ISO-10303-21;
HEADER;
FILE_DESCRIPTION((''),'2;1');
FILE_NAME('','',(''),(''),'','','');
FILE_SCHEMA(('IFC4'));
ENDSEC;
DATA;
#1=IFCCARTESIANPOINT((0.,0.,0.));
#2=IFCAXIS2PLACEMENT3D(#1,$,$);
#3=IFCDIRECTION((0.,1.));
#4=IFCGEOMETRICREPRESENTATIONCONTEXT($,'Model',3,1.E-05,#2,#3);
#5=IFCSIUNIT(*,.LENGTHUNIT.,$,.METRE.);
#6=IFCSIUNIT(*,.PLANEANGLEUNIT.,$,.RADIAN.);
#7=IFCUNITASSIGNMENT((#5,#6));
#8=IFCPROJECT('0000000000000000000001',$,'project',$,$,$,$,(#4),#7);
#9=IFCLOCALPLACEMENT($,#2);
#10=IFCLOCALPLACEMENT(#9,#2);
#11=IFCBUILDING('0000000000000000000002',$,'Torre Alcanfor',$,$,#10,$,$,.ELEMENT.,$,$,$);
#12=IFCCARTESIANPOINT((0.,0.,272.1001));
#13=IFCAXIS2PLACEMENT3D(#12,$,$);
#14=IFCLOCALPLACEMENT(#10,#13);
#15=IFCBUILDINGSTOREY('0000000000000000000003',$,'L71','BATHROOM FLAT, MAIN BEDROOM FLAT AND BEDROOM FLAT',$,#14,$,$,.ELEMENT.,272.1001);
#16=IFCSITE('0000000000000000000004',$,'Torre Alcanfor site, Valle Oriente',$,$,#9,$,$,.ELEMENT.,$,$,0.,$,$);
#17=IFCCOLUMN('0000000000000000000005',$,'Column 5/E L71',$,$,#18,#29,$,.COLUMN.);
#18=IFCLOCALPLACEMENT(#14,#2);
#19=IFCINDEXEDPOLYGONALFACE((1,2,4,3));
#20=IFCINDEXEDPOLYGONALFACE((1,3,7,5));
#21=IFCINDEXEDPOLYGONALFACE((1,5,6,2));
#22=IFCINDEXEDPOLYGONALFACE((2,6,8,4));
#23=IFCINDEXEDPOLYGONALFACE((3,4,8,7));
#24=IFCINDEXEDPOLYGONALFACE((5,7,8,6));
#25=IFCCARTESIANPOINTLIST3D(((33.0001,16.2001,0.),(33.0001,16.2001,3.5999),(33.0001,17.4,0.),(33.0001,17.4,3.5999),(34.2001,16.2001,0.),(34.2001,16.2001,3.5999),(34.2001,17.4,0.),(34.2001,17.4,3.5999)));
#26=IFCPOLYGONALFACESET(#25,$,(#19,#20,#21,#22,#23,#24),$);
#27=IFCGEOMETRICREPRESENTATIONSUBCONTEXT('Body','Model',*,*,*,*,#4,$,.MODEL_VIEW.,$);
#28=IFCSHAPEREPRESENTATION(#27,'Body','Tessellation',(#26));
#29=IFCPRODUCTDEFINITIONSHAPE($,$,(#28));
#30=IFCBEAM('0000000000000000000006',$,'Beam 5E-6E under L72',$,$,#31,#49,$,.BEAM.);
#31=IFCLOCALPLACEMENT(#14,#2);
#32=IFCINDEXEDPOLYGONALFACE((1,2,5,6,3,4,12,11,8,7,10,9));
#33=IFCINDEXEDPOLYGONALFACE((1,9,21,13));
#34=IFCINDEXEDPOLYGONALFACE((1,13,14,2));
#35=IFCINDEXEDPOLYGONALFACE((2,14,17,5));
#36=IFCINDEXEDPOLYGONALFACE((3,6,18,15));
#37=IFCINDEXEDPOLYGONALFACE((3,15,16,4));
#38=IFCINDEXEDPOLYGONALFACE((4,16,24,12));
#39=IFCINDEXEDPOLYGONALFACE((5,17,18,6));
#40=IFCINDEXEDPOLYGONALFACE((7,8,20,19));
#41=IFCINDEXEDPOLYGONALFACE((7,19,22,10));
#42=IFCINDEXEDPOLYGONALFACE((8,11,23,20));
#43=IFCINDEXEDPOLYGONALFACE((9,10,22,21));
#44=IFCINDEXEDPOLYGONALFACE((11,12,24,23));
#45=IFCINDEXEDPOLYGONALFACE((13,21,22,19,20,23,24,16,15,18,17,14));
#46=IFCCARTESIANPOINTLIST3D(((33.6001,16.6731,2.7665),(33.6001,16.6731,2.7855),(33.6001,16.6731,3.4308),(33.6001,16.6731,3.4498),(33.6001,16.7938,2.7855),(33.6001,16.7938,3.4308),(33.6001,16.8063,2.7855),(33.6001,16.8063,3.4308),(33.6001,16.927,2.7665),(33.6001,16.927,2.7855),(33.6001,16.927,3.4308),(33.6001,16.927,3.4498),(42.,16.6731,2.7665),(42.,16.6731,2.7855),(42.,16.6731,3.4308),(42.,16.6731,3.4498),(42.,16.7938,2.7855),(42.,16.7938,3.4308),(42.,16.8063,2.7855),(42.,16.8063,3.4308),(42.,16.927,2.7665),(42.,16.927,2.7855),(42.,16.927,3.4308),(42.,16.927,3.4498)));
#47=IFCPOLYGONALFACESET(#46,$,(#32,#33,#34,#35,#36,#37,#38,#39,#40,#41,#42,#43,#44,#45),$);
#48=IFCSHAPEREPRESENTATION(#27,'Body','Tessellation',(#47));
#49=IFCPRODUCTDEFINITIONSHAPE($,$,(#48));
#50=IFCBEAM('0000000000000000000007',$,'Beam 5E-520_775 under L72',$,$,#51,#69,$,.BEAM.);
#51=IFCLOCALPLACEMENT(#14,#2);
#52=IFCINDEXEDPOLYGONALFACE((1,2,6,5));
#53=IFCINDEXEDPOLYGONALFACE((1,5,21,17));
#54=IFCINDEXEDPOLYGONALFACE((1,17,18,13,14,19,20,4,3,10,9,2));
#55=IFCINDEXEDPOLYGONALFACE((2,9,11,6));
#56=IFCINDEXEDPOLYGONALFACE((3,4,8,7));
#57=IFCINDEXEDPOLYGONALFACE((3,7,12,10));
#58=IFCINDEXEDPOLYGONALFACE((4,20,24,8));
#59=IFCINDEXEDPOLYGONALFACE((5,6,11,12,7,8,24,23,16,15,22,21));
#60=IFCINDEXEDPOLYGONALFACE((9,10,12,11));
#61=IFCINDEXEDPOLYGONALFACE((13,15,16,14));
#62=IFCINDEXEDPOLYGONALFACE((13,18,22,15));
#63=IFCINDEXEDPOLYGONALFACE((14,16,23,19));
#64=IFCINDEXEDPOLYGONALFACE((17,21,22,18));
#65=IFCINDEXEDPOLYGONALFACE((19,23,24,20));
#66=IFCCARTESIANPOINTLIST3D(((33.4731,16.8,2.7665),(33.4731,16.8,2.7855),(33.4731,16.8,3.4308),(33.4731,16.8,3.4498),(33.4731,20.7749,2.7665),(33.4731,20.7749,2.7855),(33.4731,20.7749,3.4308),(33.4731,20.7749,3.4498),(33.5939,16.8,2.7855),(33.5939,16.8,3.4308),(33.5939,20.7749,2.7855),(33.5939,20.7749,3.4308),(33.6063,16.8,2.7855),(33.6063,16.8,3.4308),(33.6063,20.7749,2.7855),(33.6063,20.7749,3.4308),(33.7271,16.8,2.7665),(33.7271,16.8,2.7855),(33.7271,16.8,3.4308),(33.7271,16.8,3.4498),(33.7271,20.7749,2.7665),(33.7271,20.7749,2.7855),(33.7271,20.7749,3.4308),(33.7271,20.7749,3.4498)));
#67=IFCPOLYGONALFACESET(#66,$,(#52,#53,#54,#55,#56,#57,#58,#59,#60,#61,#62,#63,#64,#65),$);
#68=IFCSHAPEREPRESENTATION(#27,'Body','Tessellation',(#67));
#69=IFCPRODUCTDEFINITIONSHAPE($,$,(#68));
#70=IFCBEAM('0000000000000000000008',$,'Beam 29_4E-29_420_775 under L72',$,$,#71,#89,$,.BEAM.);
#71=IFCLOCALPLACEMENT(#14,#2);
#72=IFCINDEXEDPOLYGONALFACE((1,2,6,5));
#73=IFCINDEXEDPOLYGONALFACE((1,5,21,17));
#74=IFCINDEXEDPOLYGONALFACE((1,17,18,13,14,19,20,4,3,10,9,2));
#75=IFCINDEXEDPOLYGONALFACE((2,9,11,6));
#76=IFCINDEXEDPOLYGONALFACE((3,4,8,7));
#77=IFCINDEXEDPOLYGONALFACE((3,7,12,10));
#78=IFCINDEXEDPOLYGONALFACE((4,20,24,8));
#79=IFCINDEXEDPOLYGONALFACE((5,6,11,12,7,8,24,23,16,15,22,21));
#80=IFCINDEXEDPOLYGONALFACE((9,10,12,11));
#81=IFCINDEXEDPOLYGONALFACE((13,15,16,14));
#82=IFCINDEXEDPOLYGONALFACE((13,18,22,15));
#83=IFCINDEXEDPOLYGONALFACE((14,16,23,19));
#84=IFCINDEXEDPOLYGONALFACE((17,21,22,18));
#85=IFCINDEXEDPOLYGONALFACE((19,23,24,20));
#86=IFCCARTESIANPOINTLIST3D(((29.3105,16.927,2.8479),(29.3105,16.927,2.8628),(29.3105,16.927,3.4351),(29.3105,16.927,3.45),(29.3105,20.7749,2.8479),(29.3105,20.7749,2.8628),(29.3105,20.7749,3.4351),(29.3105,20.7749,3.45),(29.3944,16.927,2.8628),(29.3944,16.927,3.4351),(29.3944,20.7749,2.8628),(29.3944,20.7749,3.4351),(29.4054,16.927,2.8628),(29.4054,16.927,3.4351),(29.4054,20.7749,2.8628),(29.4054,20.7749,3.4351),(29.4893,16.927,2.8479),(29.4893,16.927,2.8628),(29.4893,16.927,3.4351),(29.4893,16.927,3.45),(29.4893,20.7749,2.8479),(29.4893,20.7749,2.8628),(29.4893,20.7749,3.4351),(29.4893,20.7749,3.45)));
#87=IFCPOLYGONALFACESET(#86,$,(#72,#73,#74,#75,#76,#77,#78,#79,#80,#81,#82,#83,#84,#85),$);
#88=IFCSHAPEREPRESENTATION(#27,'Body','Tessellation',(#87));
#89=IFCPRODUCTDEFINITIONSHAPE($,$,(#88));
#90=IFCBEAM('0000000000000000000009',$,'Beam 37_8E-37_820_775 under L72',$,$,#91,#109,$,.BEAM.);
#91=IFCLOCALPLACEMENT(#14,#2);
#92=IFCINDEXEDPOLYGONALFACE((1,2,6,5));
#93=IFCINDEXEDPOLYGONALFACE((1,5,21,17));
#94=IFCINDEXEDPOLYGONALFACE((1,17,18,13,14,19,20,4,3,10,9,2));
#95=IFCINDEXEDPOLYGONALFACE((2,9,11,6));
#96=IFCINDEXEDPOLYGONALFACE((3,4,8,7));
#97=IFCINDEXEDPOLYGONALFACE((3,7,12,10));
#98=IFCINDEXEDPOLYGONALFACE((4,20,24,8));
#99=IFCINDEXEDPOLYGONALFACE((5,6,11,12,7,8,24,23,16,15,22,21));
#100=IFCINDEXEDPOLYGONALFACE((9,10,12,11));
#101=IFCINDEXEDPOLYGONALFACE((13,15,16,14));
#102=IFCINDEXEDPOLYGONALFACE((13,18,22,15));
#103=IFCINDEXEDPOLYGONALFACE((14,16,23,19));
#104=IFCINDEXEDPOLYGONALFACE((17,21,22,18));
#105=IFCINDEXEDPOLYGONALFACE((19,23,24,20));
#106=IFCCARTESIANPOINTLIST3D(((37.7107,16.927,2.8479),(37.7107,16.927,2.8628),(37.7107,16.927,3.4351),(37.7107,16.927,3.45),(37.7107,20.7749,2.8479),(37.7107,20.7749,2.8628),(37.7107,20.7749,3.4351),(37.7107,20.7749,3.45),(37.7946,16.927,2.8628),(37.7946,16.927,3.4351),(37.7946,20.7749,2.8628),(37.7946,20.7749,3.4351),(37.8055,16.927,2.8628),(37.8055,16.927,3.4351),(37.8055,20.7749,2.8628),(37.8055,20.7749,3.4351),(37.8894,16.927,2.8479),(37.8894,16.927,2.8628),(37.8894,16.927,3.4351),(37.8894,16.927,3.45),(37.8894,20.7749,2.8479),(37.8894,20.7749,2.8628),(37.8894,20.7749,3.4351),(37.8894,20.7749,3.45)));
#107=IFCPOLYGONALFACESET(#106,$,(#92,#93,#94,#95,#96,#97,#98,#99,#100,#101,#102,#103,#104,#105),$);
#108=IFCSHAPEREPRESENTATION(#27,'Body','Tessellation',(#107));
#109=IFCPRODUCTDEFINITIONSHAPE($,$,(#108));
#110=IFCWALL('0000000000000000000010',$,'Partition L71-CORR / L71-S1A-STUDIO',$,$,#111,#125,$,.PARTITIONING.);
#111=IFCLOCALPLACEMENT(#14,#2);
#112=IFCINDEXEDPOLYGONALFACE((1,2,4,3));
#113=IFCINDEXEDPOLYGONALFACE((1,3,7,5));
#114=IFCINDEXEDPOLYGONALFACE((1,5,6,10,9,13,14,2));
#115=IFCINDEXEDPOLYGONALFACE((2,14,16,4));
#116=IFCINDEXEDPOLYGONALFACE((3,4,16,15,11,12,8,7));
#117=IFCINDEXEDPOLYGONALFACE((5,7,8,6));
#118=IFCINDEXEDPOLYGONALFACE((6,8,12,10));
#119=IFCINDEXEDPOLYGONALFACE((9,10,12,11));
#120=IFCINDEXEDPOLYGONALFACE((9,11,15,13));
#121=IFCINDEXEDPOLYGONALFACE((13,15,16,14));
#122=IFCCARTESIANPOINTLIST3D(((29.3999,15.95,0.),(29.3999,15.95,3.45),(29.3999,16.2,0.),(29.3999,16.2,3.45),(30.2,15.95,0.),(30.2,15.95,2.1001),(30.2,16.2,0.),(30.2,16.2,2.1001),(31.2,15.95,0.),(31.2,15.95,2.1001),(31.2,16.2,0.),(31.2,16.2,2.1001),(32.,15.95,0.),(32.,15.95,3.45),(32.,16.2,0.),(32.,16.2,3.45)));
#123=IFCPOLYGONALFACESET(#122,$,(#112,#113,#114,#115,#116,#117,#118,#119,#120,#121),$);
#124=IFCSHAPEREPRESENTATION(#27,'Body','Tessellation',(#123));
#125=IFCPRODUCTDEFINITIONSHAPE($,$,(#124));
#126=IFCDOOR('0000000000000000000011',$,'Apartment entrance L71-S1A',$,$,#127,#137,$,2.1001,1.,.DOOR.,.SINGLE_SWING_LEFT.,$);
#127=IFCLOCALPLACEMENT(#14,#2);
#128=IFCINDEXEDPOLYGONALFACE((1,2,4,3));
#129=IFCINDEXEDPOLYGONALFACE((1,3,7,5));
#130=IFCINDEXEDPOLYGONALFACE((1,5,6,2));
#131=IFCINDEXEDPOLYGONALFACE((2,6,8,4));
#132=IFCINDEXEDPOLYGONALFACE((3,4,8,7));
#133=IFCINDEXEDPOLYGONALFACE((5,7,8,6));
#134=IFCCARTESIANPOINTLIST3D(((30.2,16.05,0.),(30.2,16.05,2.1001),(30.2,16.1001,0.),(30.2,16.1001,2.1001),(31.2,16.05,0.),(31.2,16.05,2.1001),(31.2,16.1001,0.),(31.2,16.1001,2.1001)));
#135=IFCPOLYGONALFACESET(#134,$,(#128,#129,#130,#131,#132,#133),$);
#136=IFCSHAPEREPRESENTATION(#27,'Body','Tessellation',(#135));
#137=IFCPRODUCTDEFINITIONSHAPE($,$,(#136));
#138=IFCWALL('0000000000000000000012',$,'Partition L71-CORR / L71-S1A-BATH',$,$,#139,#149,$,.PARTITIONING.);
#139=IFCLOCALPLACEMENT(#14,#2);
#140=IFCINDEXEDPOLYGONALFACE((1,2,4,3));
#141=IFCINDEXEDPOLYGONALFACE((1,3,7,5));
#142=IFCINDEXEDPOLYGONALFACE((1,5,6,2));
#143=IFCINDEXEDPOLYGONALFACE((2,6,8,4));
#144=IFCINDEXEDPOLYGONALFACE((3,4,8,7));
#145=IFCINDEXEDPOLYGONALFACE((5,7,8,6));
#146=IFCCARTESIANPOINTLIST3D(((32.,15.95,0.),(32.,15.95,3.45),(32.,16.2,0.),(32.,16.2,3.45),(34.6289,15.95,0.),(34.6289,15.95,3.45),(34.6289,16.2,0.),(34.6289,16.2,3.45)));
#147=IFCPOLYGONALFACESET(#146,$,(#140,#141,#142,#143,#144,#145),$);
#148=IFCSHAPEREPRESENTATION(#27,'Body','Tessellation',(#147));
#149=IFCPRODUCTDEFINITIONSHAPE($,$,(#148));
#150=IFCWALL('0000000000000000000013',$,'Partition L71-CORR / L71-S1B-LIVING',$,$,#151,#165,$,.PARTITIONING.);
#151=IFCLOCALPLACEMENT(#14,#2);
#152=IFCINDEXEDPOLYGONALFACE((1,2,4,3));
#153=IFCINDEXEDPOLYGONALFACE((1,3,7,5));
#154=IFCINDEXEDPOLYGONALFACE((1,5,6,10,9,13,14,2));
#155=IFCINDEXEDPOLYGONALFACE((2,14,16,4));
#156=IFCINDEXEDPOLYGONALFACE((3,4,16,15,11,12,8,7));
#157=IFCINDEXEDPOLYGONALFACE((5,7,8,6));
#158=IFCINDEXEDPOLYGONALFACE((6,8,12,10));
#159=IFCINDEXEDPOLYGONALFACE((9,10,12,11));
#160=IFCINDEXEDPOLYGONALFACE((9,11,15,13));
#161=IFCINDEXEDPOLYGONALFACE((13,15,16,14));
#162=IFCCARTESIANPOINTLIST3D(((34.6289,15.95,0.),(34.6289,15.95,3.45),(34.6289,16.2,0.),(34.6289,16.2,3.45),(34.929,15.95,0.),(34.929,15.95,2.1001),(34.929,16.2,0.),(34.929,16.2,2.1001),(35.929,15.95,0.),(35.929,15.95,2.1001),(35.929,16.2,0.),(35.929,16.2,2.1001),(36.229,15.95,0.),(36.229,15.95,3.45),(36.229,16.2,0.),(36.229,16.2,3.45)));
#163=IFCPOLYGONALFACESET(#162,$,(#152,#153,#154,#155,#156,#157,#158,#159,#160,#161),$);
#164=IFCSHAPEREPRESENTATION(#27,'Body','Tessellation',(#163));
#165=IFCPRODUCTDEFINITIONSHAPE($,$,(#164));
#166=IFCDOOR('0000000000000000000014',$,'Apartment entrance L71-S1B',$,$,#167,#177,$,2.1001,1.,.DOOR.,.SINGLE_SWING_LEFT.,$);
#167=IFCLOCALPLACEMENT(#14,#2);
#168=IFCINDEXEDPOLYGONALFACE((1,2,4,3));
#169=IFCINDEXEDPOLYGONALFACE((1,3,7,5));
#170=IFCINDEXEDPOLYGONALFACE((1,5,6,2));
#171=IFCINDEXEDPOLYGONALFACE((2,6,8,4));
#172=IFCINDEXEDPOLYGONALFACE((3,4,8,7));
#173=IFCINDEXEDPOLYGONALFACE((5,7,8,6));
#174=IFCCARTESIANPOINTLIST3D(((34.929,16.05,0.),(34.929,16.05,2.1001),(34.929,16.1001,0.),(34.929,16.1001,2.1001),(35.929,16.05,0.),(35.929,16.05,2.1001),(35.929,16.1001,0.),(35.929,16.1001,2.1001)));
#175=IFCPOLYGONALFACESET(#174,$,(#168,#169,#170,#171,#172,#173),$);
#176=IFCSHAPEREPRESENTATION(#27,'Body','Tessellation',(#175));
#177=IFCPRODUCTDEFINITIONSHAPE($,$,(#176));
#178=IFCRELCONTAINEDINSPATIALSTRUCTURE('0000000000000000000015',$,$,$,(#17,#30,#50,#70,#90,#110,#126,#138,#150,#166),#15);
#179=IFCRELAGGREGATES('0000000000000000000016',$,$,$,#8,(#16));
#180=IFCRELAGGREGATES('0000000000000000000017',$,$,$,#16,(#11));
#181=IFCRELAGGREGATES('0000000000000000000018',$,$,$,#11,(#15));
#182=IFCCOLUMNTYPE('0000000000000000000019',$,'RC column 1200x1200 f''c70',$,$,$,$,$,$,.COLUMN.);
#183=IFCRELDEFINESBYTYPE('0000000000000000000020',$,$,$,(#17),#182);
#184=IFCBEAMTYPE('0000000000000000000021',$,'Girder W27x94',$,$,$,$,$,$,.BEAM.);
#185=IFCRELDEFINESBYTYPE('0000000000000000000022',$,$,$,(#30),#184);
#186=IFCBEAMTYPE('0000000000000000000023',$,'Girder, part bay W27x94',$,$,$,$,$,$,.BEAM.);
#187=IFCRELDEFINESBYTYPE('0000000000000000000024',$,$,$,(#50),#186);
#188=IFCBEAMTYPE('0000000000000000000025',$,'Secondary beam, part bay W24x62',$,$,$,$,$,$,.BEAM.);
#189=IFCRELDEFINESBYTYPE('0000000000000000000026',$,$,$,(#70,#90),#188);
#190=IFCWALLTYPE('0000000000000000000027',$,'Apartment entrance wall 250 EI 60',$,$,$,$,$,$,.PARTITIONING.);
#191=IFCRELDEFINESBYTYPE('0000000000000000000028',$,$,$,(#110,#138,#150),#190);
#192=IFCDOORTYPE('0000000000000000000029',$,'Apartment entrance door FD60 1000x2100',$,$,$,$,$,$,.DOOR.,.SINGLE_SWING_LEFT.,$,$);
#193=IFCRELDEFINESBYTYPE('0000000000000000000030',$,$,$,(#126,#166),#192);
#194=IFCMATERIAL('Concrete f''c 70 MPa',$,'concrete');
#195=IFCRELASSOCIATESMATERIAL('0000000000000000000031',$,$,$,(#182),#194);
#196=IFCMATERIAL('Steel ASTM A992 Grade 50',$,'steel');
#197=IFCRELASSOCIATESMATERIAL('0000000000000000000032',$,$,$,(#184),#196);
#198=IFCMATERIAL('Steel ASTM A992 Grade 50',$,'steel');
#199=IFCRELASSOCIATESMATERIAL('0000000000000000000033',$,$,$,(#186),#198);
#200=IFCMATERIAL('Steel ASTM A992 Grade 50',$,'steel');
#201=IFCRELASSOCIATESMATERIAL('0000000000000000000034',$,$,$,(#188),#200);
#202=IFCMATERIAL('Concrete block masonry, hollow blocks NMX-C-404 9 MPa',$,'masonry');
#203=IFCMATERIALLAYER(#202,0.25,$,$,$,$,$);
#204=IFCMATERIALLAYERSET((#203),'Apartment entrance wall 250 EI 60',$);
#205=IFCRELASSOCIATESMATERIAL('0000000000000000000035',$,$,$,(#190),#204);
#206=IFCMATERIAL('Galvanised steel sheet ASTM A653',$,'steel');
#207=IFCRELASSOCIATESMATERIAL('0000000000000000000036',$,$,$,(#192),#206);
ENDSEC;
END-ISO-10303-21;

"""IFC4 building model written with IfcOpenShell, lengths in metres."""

from ifc_helpers import new_model, si_unit, direction, frame, frame_2d, origin, origin_2d, place, context, subcontext, project, spatial, rectangle, i_section, extrude, material, layer, layer_set, material_profile, profile_set, type_object, element, fill, save


model = new_model("IFC4")

# Units and contexts
model_context = context("Model", 3, precision=1e-05, world=origin(), true_north=direction((0.0, 1.0)))
body_context = subcontext(model_context, "Body", "Model", "MODEL_VIEW")
ifc_project = project(units=[si_unit("LENGTHUNIT", "METRE"), si_unit("PLANEANGLEUNIT", "RADIAN")], contexts=[model_context])

# Site, building, storey
site_placement = place(None, origin())
site = spatial("IfcSite", under=ifc_project, at=site_placement, Name="Torre Alcanfor site, Valle Oriente", CompositionType="ELEMENT", RefElevation=0.0)
building_placement = place(site_placement, origin())
building = spatial("IfcBuilding", under=site, at=building_placement, Name="Torre Alcanfor", CompositionType="ELEMENT")
storey_placement = place(building_placement, frame((0.0, 0.0, 272.1001)))
storey = spatial("IfcBuildingStorey", under=building, at=storey_placement, Name="L71", Description="BATHROOM FLAT, MAIN BEDROOM FLAT AND BEDROOM FLAT", CompositionType="ELEMENT", Elevation=272.1001)

# Column
ifc_material_1 = material(Name="Concrete f'c 70 MPa", Category="concrete")
ifc_material_profile_1 = material_profile(ifc_material_1, rectangle(XDim=1.2, YDim=1.2, at=origin_2d()), Name="1200x1200")
ifc_profile_set_1 = profile_set([ifc_material_profile_1], Name="Concrete f'c 70 MPa")
column_type = type_object("IfcColumnType", Name="RC column 1200x1200 f'c70", PredefinedType="COLUMN", material=ifc_profile_set_1)
column_placement = place(storey_placement, frame((33.6001, 16.8, 0.0), z_axis=(0.0, 0.0, 1.0), x_axis=(1.0, 0.0, 0.0)))
element("IfcColumn", 1, at=column_placement, inside=storey, type_object=column_type, Name="Column 5/E L71", PredefinedType="COLUMN", context=body_context, shape_type="SweptSolid", body=[
    extrude(rectangle(XDim=1.2, YDim=1.2, at=origin_2d()), origin(), (0.0, 0.0, 1.0), 3.5999),
])

# Beams
ifc_material_2 = material(Name="Steel ASTM A992 Grade 50", Category="steel")
ifc_material_profile_2 = material_profile(ifc_material_2, i_section(OverallWidth=0.2539, OverallDepth=0.6833, WebThickness=0.0125, FlangeThickness=0.019, at=origin_2d()), Name="W27x94")
ifc_profile_set_2 = profile_set([ifc_material_profile_2], Name="Steel ASTM A992 Grade 50")
beam_type_1 = type_object("IfcBeamType", Name="Girder W27x94", PredefinedType="BEAM", material=ifc_profile_set_2)
beam_1_placement = place(storey_placement, frame((33.6001, 16.8, 3.1082), z_axis=(1.0, 0.0, 0.0), x_axis=(0.0, 1.0, 0.0)))
element("IfcBeam", 2, at=beam_1_placement, inside=storey, type_object=beam_type_1, Name="Beam 5E-6E under L72", PredefinedType="BEAM", context=body_context, shape_type="SweptSolid", body=[
    extrude(i_section(OverallWidth=0.2539, OverallDepth=0.6833, WebThickness=0.0125, FlangeThickness=0.019, at=origin_2d()), origin(), (0.0, 0.0, 1.0), 8.3999),
])
ifc_material_3 = material(Name="Steel ASTM A992 Grade 50", Category="steel")
ifc_material_profile_3 = material_profile(ifc_material_3, i_section(OverallWidth=0.2539, OverallDepth=0.6833, WebThickness=0.0125, FlangeThickness=0.019, at=origin_2d()), Name="W27x94")
ifc_profile_set_3 = profile_set([ifc_material_profile_3], Name="Steel ASTM A992 Grade 50")
beam_type_2 = type_object("IfcBeamType", Name="Girder, part bay W27x94", PredefinedType="BEAM", material=ifc_profile_set_3)
beam_2_placement = place(storey_placement, frame((33.6001, 16.8, 3.1082), z_axis=(0.0, 1.0, 0.0), x_axis=(-1.0, 0.0, 0.0)))
element("IfcBeam", 3, at=beam_2_placement, inside=storey, type_object=beam_type_2, Name="Beam 5E-520_775 under L72", PredefinedType="BEAM", context=body_context, shape_type="SweptSolid", body=[
    extrude(i_section(OverallWidth=0.2539, OverallDepth=0.6833, WebThickness=0.0125, FlangeThickness=0.019, at=origin_2d()), origin(), (0.0, 0.0, 1.0), 3.9749),
])
ifc_material_4 = material(Name="Steel ASTM A992 Grade 50", Category="steel")
ifc_material_profile_4 = material_profile(ifc_material_4, i_section(OverallWidth=0.1787, OverallDepth=0.6021, WebThickness=0.011, FlangeThickness=0.0149, at=origin_2d()), Name="W24x62")
ifc_profile_set_4 = profile_set([ifc_material_profile_4], Name="Steel ASTM A992 Grade 50")
beam_type_3 = type_object("IfcBeamType", Name="Secondary beam, part bay W24x62", PredefinedType="BEAM", material=ifc_profile_set_4)
for number, where, z_axis, x_axis, name in (
    (4, (29.3999, 16.927, 3.1489), (0.0, 1.0, 0.0), (-1.0, 0.0, 0.0), "Beam 29_4E-29_420_775 under L72"),
    (5, (37.8, 16.927, 3.1489), (0.0, 1.0, 0.0), (-1.0, 0.0, 0.0), "Beam 37_8E-37_820_775 under L72"),
):
    element("IfcBeam", number, at=place(storey_placement, frame(where, z_axis=z_axis, x_axis=x_axis)), inside=storey, type_object=beam_type_3, Name=name, PredefinedType="BEAM", context=body_context, shape_type="SweptSolid", body=[
        extrude(i_section(OverallWidth=0.1787, OverallDepth=0.6021, WebThickness=0.011, FlangeThickness=0.0149, at=origin_2d()), origin(), (0.0, 0.0, 1.0), 3.8479),
    ])

# Wall, opening, door
ifc_material_5 = material(Name="Concrete block masonry, hollow blocks NMX-C-404 9 MPa", Category="masonry")
ifc_layer_1 = layer(ifc_material_5, 0.25)
ifc_layer_set_1 = layer_set([ifc_layer_1], Name="Apartment entrance wall 250 EI 60")
wall_type_1 = type_object("IfcWallType", Name="Apartment entrance wall 250 EI 60", PredefinedType="PARTITIONING", material=ifc_layer_set_1)
wall_1_placement = place(storey_placement, frame((32.0, 16.075, 0.0), z_axis=(0.0, 0.0, 1.0), x_axis=(-1.0, 0.0, 0.0)))
wall_1 = element("IfcWall", 6, at=wall_1_placement, inside=storey, type_object=wall_type_1, Name="Partition L71-CORR / L71-S1A-STUDIO", PredefinedType="PARTITIONING", context=body_context, shape_type="SweptSolid", body=[
    extrude(rectangle(XDim=2.6001, YDim=0.25, at=frame_2d((1.3, 0.0))), origin(), (0.0, 0.0, 1.0), 3.45),
])
opening_1_placement = place(wall_1_placement, frame((0.8, 0.0, 0.0)))
opening_1 = element("IfcOpeningElement", 7, at=opening_1_placement, cuts=wall_1, PredefinedType="OPENING", context=body_context, shape_type="SweptSolid", body=[
    extrude(rectangle(XDim=1.0, YDim=2.1001, at=frame_2d((0.5, 1.05))), frame((0.0, 0.135, 0.0), z_axis=(0.0, -1.0, 0.0), x_axis=(1.0, 0.0, 0.0)), (0.0, 0.0, 1.0), 0.27),
])
ifc_material_6 = material(Name="Galvanised steel sheet ASTM A653", Category="steel")
door_type_1 = type_object("IfcDoorType", Name="Apartment entrance door FD60 1000x2100", OperationType="SINGLE_SWING_LEFT", PredefinedType="DOOR", material=ifc_material_6)
door_1_placement = place(opening_1_placement, origin())
door_1 = element("IfcDoor", 8, at=door_1_placement, inside=storey, type_object=door_type_1, Name="Apartment entrance L71-S1A", OperationType="SINGLE_SWING_LEFT", OverallHeight=2.1001, OverallWidth=1.0, PredefinedType="DOOR", context=body_context, shape_type="SweptSolid", body=[
    extrude(rectangle(XDim=1.0, YDim=2.1001, at=frame_2d((0.5, 1.05))), frame((0.0, 0.0249, 0.0), z_axis=(0.0, -1.0, 0.0), x_axis=(1.0, 0.0, 0.0)), (0.0, 0.0, 1.0), 0.05),
])
fill(opening_1, door_1)

# Wall
wall_2_placement = place(storey_placement, frame((34.6289, 16.075, 0.0), z_axis=(0.0, 0.0, 1.0), x_axis=(-1.0, 0.0, 0.0)))
element("IfcWall", 9, at=wall_2_placement, inside=storey, type_object=wall_type_1, Name="Partition L71-CORR / L71-S1A-BATH", PredefinedType="PARTITIONING", context=body_context, shape_type="SweptSolid", body=[
    extrude(rectangle(XDim=2.6289, YDim=0.25, at=frame_2d((1.3145, 0.0))), origin(), (0.0, 0.0, 1.0), 3.45),
])

# Wall, opening, door
wall_3_placement = place(storey_placement, frame((36.229, 16.075, 0.0), z_axis=(0.0, 0.0, 1.0), x_axis=(-1.0, 0.0, 0.0)))
wall_3 = element("IfcWall", 10, at=wall_3_placement, inside=storey, type_object=wall_type_1, Name="Partition L71-CORR / L71-S1B-LIVING", PredefinedType="PARTITIONING", context=body_context, shape_type="SweptSolid", body=[
    extrude(rectangle(XDim=1.6001, YDim=0.25, at=frame_2d((0.8, 0.0))), origin(), (0.0, 0.0, 1.0), 3.45),
])
opening_2_placement = place(wall_3_placement, frame((0.3, 0.0, 0.0)))
opening_2 = element("IfcOpeningElement", 11, at=opening_2_placement, cuts=wall_3, PredefinedType="OPENING", context=body_context, shape_type="SweptSolid", body=[
    extrude(rectangle(XDim=1.0, YDim=2.1001, at=frame_2d((0.5, 1.05))), frame((0.0, 0.135, 0.0), z_axis=(0.0, -1.0, 0.0), x_axis=(1.0, 0.0, 0.0)), (0.0, 0.0, 1.0), 0.27),
])
door_2_placement = place(opening_2_placement, origin())
door_2 = element("IfcDoor", 12, at=door_2_placement, inside=storey, type_object=door_type_1, Name="Apartment entrance L71-S1B", OperationType="SINGLE_SWING_LEFT", OverallHeight=2.1001, OverallWidth=1.0, PredefinedType="DOOR", context=body_context, shape_type="SweptSolid", body=[
    extrude(rectangle(XDim=1.0, YDim=2.1001, at=frame_2d((0.5, 1.05))), frame((0.0, 0.0249, 0.0), z_axis=(0.0, -1.0, 0.0), x_axis=(1.0, 0.0, 0.0)), (0.0, 0.0, 1.0), 0.05),
])
fill(opening_2, door_2)

save(model, "model.ifc")
